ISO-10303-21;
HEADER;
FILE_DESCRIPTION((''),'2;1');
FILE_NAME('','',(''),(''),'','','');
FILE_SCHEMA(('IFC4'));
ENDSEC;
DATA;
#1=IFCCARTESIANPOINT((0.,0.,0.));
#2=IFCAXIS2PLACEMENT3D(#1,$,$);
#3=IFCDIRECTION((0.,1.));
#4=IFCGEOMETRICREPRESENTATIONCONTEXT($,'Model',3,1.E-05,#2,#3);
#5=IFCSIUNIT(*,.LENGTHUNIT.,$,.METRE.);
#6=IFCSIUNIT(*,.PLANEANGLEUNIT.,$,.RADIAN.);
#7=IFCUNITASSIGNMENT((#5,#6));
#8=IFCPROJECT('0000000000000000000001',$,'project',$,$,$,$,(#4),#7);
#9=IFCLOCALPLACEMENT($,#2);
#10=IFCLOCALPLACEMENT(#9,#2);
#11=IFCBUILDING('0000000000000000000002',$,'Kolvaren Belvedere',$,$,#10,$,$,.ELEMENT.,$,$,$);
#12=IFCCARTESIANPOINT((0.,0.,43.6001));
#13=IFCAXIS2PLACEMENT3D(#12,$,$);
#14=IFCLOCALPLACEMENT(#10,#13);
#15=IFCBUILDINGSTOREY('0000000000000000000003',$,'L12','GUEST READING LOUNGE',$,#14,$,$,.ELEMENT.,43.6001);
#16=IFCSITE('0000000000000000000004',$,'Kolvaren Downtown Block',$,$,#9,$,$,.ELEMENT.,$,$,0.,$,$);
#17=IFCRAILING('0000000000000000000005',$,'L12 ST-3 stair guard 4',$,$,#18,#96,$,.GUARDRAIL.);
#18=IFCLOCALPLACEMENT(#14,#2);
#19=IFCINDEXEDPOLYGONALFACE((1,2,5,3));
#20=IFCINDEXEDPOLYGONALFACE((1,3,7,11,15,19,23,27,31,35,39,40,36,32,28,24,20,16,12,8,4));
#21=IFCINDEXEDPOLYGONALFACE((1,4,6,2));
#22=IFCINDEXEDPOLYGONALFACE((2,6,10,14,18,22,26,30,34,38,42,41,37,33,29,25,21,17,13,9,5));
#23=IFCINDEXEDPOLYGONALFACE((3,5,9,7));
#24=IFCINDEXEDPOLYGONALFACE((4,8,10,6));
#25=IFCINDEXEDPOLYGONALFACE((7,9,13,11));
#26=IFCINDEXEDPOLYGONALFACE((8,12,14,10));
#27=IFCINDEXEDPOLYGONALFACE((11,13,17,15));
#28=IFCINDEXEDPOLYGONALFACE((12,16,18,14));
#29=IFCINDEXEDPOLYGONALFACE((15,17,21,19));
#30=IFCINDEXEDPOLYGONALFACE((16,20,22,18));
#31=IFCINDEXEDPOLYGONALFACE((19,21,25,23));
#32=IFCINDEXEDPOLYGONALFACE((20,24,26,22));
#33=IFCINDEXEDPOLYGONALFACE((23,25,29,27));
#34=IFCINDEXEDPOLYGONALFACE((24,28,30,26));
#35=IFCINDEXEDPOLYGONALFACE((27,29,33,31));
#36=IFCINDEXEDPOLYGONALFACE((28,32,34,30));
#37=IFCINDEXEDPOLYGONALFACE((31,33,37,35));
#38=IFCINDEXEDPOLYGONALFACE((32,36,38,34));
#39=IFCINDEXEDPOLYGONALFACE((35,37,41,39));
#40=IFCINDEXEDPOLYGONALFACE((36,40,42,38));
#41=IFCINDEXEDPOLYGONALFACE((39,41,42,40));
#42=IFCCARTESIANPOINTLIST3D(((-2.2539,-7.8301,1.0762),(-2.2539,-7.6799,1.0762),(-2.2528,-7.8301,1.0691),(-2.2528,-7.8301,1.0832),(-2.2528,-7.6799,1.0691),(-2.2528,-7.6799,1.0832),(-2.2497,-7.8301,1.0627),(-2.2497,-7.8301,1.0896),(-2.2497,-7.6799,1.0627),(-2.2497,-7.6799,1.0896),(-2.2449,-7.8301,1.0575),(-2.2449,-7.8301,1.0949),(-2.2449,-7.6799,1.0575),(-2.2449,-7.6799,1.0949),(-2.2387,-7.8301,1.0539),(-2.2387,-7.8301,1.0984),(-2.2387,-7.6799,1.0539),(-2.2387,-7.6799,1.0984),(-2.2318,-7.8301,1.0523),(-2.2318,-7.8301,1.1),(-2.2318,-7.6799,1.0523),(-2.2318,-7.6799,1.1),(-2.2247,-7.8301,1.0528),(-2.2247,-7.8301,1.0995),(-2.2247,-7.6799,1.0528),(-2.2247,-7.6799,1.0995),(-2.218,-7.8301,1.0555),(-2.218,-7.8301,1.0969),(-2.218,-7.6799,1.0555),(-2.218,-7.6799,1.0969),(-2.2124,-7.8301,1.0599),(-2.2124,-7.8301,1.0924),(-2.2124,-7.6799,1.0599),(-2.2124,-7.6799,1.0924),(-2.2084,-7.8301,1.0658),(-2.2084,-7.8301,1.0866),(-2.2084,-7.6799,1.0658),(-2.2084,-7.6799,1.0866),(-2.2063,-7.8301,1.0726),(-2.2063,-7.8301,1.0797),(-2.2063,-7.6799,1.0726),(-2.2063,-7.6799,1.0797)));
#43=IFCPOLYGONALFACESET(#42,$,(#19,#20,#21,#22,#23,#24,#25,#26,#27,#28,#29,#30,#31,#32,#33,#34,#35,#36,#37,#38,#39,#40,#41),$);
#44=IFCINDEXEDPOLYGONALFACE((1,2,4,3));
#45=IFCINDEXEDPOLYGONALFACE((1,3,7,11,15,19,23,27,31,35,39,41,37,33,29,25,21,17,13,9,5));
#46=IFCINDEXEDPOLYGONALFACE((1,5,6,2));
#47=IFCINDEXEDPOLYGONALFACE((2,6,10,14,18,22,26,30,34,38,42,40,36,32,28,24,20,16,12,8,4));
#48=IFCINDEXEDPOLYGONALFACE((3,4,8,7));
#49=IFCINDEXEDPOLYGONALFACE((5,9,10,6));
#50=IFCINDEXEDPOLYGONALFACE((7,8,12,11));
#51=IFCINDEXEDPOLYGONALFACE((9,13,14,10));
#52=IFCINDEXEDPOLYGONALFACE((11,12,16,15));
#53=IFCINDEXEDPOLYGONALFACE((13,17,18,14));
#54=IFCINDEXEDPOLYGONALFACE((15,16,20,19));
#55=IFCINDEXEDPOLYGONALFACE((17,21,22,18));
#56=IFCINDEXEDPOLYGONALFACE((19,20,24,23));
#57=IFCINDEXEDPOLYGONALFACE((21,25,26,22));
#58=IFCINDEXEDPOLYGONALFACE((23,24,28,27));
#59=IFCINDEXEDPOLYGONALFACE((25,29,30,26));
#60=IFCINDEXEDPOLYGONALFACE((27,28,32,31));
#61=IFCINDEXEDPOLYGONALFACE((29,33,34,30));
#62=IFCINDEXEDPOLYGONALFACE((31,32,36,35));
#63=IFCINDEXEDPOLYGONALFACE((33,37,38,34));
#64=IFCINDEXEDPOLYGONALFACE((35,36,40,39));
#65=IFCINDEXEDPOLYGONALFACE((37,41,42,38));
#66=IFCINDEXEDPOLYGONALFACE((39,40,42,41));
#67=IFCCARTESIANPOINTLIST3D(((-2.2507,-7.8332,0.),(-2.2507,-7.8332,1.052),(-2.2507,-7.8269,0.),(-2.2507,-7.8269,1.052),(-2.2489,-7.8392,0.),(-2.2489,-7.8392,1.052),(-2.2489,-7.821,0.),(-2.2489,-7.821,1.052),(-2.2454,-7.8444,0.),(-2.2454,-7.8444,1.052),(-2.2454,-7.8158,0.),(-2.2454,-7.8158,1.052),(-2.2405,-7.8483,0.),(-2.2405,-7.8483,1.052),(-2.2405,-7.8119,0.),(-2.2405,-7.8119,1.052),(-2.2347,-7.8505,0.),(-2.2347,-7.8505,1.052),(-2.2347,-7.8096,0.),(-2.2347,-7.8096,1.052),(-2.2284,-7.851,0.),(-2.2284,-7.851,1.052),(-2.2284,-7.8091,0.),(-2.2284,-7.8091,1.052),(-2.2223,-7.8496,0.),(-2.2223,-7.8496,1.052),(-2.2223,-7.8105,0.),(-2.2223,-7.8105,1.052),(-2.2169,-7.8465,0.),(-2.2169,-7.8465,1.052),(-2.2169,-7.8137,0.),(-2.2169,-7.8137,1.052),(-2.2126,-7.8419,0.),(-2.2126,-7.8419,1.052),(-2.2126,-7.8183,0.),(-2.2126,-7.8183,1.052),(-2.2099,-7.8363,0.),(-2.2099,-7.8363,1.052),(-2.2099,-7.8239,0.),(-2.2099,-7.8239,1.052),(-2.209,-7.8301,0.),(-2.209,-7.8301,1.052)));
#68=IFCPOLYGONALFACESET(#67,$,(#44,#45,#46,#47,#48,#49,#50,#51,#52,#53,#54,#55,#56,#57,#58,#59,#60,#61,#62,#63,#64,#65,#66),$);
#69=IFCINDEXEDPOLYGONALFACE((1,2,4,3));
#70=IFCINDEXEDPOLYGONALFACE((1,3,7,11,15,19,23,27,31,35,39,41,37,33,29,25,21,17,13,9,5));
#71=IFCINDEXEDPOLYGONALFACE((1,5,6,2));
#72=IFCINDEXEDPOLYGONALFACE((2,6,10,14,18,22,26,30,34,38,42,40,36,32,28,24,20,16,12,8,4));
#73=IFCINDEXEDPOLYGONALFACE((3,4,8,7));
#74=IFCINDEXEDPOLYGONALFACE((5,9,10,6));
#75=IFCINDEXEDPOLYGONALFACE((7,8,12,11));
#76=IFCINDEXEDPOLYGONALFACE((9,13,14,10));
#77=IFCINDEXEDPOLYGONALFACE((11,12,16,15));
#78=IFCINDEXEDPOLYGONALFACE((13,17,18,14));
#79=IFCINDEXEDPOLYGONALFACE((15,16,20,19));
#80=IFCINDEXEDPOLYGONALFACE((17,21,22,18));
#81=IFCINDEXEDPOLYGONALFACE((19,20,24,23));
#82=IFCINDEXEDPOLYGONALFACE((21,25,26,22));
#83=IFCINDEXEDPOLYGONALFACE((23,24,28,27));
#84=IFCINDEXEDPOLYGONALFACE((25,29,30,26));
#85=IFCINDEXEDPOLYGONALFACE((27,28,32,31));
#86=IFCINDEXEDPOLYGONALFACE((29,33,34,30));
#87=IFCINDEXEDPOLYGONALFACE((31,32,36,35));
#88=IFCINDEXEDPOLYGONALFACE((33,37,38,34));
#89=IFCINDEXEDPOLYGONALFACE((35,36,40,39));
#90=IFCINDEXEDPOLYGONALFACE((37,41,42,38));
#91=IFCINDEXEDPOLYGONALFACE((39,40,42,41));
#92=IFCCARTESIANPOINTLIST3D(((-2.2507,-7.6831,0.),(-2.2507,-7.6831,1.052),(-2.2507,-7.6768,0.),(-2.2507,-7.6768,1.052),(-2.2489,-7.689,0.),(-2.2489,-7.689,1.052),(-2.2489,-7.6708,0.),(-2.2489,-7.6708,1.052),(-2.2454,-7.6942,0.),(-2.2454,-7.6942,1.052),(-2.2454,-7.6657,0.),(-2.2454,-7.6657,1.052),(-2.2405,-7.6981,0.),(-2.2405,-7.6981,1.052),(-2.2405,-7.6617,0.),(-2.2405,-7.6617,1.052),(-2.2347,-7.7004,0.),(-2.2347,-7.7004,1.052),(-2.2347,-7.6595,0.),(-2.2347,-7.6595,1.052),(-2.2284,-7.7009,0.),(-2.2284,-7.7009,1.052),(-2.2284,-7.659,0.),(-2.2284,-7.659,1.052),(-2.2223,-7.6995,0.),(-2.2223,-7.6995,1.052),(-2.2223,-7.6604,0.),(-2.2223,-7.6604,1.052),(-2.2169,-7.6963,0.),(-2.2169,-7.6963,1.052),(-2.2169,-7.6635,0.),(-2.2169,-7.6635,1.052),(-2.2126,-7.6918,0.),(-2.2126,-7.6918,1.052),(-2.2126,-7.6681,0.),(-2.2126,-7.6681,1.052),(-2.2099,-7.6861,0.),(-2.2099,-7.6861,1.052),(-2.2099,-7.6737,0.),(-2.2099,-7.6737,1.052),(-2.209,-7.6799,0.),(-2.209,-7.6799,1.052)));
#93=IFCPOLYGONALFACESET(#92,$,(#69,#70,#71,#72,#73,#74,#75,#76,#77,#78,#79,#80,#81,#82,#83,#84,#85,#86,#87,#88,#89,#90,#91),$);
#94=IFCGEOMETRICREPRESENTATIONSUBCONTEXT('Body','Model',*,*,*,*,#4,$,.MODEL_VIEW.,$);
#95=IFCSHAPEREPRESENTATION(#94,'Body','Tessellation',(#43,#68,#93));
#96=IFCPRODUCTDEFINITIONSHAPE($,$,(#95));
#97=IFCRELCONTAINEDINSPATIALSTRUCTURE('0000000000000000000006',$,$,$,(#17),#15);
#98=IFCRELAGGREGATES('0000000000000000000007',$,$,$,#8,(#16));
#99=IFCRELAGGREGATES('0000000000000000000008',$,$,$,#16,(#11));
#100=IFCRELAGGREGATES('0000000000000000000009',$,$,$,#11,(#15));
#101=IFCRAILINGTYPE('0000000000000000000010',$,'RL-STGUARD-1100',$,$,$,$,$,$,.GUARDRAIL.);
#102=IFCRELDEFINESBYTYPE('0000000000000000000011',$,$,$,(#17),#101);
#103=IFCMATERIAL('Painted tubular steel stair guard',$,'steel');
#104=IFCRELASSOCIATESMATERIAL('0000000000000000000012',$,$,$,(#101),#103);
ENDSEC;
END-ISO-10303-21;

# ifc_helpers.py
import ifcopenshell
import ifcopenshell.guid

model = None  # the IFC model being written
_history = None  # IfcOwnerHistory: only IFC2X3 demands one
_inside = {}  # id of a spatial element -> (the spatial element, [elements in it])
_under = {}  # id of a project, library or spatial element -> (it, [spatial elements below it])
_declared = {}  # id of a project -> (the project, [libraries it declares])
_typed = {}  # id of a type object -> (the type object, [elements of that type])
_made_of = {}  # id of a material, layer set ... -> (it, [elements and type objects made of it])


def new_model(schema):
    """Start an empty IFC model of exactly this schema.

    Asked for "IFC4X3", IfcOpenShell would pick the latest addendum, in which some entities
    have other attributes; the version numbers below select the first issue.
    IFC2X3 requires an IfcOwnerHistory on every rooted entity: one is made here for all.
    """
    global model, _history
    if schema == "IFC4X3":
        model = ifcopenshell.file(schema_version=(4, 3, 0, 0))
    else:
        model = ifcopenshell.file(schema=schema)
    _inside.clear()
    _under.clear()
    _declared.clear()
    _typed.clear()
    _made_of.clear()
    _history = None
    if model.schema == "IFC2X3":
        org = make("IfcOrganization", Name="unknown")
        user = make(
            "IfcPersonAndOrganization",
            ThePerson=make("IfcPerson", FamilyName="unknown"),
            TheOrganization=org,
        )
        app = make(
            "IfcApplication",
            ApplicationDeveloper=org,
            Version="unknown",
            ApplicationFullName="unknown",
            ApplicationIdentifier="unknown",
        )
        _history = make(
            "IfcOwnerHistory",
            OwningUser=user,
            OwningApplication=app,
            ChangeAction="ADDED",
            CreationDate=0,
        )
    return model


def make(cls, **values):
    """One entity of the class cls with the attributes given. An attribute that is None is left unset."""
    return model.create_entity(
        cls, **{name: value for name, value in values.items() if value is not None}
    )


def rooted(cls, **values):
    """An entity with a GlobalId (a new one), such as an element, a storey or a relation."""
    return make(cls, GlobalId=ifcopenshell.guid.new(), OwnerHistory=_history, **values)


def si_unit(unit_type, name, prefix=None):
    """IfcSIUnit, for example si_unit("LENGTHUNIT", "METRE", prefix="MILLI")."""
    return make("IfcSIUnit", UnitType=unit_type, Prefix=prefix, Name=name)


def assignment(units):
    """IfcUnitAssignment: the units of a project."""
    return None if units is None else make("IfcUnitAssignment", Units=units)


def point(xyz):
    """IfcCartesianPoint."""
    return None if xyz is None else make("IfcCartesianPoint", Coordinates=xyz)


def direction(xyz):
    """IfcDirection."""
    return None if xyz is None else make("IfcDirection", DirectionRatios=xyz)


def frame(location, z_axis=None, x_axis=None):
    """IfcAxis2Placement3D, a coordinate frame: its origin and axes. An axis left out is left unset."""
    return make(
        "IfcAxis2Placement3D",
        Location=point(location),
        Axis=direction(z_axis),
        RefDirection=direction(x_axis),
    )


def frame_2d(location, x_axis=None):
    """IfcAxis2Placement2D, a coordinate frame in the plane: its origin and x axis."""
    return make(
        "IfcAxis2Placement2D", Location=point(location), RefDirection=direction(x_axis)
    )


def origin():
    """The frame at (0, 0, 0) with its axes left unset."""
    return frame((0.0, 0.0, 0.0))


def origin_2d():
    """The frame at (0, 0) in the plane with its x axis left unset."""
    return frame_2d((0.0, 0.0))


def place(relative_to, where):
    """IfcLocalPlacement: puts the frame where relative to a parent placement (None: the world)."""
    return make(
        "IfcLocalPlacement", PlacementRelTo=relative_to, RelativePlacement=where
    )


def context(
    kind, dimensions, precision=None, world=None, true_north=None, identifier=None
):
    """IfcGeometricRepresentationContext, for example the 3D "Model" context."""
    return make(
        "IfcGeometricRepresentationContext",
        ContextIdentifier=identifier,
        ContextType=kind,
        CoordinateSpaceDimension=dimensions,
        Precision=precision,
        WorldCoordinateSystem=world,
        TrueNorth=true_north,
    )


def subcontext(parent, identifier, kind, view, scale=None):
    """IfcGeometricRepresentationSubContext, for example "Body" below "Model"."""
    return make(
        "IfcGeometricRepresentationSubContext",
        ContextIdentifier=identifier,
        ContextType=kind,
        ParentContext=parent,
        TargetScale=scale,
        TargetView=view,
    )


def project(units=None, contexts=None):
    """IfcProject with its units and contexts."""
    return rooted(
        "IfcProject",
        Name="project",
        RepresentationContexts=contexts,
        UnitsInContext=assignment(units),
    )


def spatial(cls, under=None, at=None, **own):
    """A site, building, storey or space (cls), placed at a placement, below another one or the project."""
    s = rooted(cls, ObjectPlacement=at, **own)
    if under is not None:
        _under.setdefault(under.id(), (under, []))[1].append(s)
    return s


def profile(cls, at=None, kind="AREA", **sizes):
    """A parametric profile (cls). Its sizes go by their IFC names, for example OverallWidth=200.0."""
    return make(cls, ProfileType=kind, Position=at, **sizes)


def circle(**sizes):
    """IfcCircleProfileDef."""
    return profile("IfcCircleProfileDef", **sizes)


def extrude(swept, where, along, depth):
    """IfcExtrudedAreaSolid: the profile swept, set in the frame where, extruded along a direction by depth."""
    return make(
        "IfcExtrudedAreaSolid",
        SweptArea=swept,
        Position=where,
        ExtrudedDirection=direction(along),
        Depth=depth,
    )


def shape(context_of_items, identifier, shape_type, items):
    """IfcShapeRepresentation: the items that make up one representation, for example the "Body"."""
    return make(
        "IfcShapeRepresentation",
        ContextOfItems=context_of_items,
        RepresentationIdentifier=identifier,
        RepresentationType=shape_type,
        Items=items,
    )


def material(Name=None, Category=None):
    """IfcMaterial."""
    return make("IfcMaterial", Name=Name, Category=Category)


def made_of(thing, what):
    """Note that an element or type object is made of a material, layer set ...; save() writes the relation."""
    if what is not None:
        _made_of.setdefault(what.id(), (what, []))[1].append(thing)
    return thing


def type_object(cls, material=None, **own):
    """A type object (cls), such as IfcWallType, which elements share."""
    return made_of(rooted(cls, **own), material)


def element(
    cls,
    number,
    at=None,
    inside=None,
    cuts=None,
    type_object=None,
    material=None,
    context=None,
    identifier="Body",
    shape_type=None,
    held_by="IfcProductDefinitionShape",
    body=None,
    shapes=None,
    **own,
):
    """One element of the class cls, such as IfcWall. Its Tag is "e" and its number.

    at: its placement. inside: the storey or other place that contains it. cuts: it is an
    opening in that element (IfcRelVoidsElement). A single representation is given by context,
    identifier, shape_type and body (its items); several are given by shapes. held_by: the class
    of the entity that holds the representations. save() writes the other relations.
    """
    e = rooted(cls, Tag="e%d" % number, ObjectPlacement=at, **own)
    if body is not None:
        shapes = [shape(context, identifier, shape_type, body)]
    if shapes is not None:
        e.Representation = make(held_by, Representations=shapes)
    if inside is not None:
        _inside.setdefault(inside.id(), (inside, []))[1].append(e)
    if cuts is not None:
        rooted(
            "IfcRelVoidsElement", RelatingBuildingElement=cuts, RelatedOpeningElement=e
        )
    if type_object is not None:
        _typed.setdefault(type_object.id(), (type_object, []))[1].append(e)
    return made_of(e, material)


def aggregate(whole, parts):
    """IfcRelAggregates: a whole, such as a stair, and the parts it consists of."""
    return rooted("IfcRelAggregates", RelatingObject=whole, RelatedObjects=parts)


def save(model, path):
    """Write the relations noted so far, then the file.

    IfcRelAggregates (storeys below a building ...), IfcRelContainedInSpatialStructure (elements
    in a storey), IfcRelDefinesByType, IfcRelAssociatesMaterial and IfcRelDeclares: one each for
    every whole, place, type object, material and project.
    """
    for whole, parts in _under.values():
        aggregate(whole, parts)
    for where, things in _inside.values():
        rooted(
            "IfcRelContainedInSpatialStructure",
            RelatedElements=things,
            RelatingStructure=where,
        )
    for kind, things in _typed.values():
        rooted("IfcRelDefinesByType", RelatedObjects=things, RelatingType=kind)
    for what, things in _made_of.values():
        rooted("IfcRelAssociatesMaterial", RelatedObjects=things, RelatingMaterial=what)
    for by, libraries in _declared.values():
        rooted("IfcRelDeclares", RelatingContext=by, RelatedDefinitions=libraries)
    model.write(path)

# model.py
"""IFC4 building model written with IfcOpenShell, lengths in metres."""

from ifc_helpers import new_model, si_unit, direction, frame, origin, origin_2d, place, context, subcontext, project, spatial, circle, extrude, material, type_object, element, save


model = new_model("IFC4")

# Units and contexts
model_context = context("Model", 3, precision=1e-05, world=origin(), true_north=direction((0.0, 1.0)))
body_context = subcontext(model_context, "Body", "Model", "MODEL_VIEW")
ifc_project = project(units=[si_unit("LENGTHUNIT", "METRE"), si_unit("PLANEANGLEUNIT", "RADIAN")], contexts=[model_context])

# Site, building, storey
site_placement = place(None, origin())
site = spatial("IfcSite", under=ifc_project, at=site_placement, Name="Kolvaren Downtown Block", CompositionType="ELEMENT", RefElevation=0.0)
building_placement = place(site_placement, origin())
building = spatial("IfcBuilding", under=site, at=building_placement, Name="Kolvaren Belvedere", CompositionType="ELEMENT")
storey_placement = place(building_placement, frame((0.0, 0.0, 43.6001)))
storey = spatial("IfcBuildingStorey", under=building, at=storey_placement, Name="L12", Description="GUEST READING LOUNGE", CompositionType="ELEMENT", Elevation=43.6001)

# Railing
ifc_material_1 = material(Name="Painted tubular steel stair guard", Category="steel")
railing_type_1 = type_object("IfcRailingType", Name="RL-STGUARD-1100", PredefinedType="GUARDRAIL", material=ifc_material_1)
railing_1_placement = place(storey_placement, frame((-2.23, -7.8301, 0.0)))
element("IfcRailing", 1, at=railing_1_placement, inside=storey, type_object=railing_type_1, Name="L12 ST-3 stair guard 4", PredefinedType="GUARDRAIL", context=body_context, shape_type="SweptSolid", body=[
    extrude(circle(Radius=0.0239, at=origin_2d()), frame((0.0, 0.0, 1.0762), z_axis=(0.0, 1.0, 0.0), x_axis=(-1.0, 0.0, 0.0)), (0.0, 0.0, 1.0), 0.1501),
    extrude(circle(Radius=0.021, at=origin_2d()), origin(), (0.0, 0.0, 1.0), 1.052),
    extrude(circle(Radius=0.021, at=origin_2d()), frame((0.0, 0.1501, 0.0)), (0.0, 0.0, 1.0), 1.052),
])

save(model, "model.ifc")
